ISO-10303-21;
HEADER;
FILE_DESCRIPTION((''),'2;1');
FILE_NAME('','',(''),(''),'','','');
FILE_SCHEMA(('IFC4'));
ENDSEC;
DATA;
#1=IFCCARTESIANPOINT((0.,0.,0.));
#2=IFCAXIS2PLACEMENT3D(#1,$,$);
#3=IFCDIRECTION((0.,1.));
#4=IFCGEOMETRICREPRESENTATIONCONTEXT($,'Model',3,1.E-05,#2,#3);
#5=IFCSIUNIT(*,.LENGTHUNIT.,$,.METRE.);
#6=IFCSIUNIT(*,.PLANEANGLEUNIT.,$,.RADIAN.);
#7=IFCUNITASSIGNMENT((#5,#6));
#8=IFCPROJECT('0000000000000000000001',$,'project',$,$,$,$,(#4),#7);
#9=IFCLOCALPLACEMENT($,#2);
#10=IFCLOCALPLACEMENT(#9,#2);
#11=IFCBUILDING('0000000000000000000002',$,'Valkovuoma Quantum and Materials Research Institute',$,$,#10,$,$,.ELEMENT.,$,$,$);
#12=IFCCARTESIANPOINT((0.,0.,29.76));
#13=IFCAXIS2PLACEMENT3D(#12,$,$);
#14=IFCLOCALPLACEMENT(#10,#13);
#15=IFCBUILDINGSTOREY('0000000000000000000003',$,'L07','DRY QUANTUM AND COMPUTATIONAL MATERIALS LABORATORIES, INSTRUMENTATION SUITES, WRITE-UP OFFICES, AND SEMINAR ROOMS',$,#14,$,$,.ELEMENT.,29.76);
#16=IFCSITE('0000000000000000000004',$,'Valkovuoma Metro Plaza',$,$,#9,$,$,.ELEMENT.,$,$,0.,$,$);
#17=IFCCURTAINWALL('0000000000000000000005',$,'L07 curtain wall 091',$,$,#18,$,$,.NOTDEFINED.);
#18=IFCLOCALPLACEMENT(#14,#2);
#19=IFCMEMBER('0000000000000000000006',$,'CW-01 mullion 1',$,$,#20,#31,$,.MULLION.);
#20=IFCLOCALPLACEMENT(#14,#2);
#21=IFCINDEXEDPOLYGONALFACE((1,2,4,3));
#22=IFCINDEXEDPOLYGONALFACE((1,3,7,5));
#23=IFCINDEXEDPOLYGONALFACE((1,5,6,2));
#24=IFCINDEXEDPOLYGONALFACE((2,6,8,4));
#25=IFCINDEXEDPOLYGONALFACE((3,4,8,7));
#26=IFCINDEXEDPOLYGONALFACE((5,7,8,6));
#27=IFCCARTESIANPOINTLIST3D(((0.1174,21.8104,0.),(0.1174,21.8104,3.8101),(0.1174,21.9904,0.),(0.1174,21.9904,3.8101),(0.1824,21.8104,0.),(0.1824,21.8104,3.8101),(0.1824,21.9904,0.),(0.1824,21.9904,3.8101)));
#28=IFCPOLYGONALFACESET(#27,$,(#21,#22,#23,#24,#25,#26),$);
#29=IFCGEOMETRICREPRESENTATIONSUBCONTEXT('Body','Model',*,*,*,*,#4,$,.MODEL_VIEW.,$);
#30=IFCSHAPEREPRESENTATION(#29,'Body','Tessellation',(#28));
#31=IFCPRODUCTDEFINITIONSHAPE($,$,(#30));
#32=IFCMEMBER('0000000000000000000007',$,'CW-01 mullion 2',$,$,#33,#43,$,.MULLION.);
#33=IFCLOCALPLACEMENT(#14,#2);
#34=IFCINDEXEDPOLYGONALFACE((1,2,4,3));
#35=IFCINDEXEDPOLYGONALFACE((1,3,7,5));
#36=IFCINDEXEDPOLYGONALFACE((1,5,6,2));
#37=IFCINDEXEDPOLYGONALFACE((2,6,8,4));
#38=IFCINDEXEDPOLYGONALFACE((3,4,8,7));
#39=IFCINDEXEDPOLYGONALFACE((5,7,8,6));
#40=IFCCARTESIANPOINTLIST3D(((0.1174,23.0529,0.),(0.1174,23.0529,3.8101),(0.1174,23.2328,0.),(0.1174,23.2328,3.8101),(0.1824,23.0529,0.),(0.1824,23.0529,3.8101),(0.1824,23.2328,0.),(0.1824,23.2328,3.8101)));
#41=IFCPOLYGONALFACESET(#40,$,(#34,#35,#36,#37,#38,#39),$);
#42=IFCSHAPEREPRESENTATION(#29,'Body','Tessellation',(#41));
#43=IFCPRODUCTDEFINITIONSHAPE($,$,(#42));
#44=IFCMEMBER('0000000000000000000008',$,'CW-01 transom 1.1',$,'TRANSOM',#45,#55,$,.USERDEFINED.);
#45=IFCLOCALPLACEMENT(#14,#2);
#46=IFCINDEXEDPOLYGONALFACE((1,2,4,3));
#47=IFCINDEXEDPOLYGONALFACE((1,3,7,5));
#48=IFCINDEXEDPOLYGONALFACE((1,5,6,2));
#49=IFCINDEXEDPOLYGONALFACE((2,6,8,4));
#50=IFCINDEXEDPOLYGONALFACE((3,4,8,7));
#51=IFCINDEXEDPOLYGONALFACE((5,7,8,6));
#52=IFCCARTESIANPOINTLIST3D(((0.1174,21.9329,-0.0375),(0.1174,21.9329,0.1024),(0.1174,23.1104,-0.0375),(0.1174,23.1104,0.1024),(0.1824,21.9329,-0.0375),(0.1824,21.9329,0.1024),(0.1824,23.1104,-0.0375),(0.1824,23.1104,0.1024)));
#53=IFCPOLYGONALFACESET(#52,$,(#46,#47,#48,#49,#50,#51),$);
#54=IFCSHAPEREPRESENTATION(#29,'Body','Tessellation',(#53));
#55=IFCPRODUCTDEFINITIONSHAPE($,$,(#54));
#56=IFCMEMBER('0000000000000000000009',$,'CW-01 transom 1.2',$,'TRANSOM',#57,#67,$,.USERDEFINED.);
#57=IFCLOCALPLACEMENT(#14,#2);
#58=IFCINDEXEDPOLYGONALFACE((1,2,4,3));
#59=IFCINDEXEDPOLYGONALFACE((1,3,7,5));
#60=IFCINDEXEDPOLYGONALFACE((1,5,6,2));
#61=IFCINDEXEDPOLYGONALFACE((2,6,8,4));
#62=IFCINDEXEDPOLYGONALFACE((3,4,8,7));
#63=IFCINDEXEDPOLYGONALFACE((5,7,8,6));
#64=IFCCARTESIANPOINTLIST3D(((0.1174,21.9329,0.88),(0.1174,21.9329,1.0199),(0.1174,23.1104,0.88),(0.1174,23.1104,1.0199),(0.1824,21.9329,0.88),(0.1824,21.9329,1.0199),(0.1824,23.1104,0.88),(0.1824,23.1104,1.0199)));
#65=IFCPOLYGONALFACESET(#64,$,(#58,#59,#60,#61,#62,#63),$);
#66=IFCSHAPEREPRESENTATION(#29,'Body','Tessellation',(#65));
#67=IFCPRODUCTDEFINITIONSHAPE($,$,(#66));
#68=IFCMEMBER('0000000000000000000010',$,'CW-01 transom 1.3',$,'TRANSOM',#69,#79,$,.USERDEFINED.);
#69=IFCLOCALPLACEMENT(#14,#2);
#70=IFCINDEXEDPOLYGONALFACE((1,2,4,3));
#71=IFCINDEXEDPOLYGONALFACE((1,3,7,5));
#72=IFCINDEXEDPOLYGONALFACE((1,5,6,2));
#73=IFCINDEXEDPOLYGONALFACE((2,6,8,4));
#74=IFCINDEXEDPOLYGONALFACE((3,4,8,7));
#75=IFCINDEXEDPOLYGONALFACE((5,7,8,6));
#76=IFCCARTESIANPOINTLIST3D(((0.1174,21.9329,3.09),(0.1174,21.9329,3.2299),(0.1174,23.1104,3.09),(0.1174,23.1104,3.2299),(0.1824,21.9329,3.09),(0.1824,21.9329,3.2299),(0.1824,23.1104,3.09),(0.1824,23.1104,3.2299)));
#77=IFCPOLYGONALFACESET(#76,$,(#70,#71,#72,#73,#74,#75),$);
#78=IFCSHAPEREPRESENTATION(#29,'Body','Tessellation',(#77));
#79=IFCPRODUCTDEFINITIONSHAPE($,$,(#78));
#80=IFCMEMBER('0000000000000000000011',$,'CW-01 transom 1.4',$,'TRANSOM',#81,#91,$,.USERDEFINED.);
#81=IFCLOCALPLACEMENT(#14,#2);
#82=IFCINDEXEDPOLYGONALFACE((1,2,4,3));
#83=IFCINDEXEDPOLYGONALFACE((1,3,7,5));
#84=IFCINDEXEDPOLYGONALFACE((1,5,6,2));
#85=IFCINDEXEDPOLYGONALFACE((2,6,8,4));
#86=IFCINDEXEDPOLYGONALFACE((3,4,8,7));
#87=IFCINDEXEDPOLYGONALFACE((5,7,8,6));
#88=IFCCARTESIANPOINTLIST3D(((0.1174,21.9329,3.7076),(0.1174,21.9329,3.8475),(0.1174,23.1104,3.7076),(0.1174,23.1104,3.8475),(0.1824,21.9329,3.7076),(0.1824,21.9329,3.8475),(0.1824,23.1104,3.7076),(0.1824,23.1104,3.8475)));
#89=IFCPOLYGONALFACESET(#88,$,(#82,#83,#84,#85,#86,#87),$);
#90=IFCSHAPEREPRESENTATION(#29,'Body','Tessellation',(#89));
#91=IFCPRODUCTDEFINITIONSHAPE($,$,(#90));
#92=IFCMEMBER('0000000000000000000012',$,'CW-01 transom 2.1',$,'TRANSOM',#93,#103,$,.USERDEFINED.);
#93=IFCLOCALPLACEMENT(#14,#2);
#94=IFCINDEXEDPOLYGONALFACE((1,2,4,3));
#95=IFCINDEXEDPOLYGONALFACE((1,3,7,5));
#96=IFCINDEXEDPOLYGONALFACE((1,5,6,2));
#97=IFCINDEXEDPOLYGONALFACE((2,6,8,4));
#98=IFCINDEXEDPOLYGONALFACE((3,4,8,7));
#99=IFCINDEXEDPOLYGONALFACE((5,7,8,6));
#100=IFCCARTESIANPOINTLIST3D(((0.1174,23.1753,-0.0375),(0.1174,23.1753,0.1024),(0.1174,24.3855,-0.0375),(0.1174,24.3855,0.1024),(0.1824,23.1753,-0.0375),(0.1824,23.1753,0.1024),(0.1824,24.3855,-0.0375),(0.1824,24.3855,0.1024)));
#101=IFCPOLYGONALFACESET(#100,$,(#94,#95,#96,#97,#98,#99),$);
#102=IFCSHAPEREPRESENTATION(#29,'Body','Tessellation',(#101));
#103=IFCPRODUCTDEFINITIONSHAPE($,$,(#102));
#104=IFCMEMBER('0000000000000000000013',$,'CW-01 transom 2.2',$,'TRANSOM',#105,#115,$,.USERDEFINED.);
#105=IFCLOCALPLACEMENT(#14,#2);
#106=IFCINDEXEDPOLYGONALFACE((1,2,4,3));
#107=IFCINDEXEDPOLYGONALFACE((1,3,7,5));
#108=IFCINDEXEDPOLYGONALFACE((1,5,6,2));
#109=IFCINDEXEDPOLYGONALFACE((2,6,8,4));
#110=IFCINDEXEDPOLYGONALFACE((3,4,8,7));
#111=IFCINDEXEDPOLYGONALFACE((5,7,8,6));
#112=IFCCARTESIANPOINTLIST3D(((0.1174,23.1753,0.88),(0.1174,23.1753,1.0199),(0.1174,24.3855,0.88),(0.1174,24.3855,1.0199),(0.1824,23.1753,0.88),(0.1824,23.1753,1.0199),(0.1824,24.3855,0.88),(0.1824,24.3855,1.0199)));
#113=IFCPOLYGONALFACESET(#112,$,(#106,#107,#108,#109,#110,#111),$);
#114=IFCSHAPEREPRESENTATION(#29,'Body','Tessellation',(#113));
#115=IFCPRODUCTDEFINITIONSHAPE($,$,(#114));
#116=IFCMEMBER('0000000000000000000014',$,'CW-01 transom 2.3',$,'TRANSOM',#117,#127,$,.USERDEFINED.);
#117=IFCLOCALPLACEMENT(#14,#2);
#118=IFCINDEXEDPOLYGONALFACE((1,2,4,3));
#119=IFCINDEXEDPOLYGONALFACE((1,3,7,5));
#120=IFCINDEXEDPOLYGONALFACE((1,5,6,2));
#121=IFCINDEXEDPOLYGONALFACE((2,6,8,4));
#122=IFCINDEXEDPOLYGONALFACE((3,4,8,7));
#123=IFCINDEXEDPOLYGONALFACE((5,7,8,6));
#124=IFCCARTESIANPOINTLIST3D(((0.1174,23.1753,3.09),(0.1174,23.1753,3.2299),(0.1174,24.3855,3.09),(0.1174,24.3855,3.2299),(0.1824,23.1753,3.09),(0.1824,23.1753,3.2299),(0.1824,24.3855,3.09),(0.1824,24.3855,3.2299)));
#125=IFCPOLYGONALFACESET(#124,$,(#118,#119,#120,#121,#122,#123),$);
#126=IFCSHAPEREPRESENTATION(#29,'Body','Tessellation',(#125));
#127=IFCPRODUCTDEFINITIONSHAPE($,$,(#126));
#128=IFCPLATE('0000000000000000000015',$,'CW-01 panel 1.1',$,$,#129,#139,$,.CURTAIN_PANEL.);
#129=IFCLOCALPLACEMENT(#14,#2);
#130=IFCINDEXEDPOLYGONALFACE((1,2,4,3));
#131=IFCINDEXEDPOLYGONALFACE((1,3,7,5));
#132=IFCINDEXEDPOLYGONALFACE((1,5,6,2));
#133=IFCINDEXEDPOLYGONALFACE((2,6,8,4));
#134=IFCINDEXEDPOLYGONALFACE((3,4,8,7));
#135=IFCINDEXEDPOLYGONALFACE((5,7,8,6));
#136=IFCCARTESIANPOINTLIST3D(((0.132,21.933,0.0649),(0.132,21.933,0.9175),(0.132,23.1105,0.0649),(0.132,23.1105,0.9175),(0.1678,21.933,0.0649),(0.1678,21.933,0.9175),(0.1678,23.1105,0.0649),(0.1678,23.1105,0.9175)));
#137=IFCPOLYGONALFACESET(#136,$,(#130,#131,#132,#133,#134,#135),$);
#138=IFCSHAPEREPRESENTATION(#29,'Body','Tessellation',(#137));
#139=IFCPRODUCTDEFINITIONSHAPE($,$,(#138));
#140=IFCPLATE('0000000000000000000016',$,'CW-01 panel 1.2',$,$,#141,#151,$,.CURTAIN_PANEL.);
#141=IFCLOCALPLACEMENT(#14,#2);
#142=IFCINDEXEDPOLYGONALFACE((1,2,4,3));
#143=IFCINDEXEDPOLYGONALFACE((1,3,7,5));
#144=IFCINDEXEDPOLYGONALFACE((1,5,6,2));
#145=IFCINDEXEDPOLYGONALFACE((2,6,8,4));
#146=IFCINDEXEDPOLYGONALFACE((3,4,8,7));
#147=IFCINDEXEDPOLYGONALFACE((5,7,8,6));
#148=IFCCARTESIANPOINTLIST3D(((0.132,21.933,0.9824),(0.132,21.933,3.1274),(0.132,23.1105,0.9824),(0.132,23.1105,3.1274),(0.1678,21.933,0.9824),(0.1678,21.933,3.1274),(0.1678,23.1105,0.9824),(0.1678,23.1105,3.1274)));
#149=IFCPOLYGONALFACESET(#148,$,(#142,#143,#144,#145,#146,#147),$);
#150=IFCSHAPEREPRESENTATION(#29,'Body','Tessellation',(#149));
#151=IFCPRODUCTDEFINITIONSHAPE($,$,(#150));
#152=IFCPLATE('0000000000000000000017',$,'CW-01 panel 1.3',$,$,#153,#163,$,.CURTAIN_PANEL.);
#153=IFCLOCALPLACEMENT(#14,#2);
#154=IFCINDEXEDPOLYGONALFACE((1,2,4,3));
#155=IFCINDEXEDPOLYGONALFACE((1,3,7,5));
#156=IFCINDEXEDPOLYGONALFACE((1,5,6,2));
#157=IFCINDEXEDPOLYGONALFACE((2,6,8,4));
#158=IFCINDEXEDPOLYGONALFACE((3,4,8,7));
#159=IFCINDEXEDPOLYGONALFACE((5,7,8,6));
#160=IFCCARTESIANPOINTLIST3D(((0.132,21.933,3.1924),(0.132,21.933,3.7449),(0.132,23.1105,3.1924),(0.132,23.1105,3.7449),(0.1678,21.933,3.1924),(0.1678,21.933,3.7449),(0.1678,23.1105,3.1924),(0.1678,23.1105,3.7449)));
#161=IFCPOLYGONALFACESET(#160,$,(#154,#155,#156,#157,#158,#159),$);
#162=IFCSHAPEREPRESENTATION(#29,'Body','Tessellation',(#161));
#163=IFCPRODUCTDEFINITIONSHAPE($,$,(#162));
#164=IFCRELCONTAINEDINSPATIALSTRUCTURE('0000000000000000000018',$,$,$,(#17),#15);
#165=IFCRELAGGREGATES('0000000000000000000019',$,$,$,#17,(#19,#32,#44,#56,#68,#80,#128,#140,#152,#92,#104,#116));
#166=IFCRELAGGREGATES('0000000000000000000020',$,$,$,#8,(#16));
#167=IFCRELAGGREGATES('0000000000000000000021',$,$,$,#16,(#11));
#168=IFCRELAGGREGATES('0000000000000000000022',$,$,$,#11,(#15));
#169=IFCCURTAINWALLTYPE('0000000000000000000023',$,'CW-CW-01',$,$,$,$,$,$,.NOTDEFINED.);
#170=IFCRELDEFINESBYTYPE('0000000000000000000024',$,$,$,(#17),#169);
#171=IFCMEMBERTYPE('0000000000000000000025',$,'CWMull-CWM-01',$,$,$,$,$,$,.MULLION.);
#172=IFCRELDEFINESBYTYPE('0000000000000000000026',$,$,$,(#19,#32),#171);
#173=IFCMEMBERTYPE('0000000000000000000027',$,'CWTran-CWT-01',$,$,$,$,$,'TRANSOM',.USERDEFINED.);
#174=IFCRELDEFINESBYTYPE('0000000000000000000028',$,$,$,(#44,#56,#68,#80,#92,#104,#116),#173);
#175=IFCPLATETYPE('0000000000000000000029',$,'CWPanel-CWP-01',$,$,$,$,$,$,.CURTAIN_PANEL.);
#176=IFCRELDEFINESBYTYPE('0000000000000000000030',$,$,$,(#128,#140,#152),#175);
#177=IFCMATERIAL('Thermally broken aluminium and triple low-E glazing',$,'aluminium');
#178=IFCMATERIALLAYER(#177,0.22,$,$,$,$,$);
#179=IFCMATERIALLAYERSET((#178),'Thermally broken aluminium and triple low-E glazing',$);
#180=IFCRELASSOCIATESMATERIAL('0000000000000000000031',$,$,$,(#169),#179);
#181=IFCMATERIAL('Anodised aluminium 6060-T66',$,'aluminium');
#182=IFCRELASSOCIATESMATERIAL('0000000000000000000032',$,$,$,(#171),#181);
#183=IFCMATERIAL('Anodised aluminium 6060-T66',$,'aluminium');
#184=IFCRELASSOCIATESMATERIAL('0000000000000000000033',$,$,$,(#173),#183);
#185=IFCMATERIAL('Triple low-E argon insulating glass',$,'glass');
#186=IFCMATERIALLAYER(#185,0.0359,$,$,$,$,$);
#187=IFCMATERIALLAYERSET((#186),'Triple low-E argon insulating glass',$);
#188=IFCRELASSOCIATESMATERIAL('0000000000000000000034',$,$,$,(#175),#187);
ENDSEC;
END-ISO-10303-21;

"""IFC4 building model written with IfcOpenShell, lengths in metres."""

from ifc_helpers import new_model, si_unit, direction, frame, origin, origin_2d, place, context, subcontext, project, spatial, rectangle, extrude, material, layer, layer_set, material_profile, profile_set, type_object, element, aggregate, save


model = new_model("IFC4")

# Units and contexts
model_context = context("Model", 3, precision=1e-05, world=origin(), true_north=direction((0.0, 1.0)))
body_context = subcontext(model_context, "Body", "Model", "MODEL_VIEW")
ifc_project = project(units=[si_unit("LENGTHUNIT", "METRE"), si_unit("PLANEANGLEUNIT", "RADIAN")], contexts=[model_context])

# Site, building, storey
site_placement = place(None, origin())
site = spatial("IfcSite", under=ifc_project, at=site_placement, Name="Valkovuoma Metro Plaza", CompositionType="ELEMENT", RefElevation=0.0)
building_placement = place(site_placement, origin())
building = spatial("IfcBuilding", under=site, at=building_placement, Name="Valkovuoma Quantum and Materials Research Institute", CompositionType="ELEMENT")
storey_placement = place(building_placement, frame((0.0, 0.0, 29.76)))
storey = spatial("IfcBuildingStorey", under=building, at=storey_placement, Name="L07", Description="DRY QUANTUM AND COMPUTATIONAL MATERIALS LABORATORIES, INSTRUMENTATION SUITES, WRITE-UP OFFICES, AND SEMINAR ROOMS", CompositionType="ELEMENT", Elevation=29.76)

# Curtain wall, members, plates
ifc_material_1 = material(Name="Thermally broken aluminium and triple low-E glazing", Category="aluminium")
ifc_layer_1 = layer(ifc_material_1, 0.22)
ifc_layer_set_1 = layer_set([ifc_layer_1], Name="Thermally broken aluminium and triple low-E glazing")
curtain_wall_type = type_object("IfcCurtainWallType", Name="CW-CW-01", PredefinedType="NOTDEFINED", material=ifc_layer_set_1)
curtain_wall_placement = place(storey_placement, origin())
curtain_wall = element("IfcCurtainWall", 1, at=curtain_wall_placement, inside=storey, type_object=curtain_wall_type, Name="L07 curtain wall 091", PredefinedType="NOTDEFINED")
ifc_material_2 = material(Name="Anodised aluminium 6060-T66", Category="aluminium")
ifc_material_profile_1 = material_profile(ifc_material_2, rectangle(XDim=0.0649, YDim=0.1799, at=origin_2d()), Name="Anodised aluminium 6060-T66")
ifc_profile_set_1 = profile_set([ifc_material_profile_1], Name="Anodised aluminium 6060-T66")
member_type_1 = type_object("IfcMemberType", Name="CWMull-CWM-01", PredefinedType="MULLION", material=ifc_profile_set_1)
member_1_placement = place(storey_placement, frame((0.1499, 21.9004, 0.0), z_axis=(0.0, 0.0, 1.0), x_axis=(-1.0, 0.0, 0.0)))
member_1 = element("IfcMember", 2, at=member_1_placement, type_object=member_type_1, Name="CW-01 mullion 1", PredefinedType="MULLION", context=body_context, shape_type="SweptSolid", body=[
    extrude(rectangle(XDim=0.0649, YDim=0.1799, at=origin_2d()), origin(), (0.0, 0.0, 1.0), 3.8101),
])
member_2_placement = place(storey_placement, frame((0.1499, 23.1428, 0.0), z_axis=(0.0, 0.0, 1.0), x_axis=(-1.0, 0.0, 0.0)))
member_2 = element("IfcMember", 3, at=member_2_placement, type_object=member_type_1, Name="CW-01 mullion 2", PredefinedType="MULLION", context=body_context, shape_type="SweptSolid", body=[
    extrude(rectangle(XDim=0.0649, YDim=0.1799, at=origin_2d()), origin(), (0.0, 0.0, 1.0), 3.8101),
])
ifc_material_3 = material(Name="Anodised aluminium 6060-T66", Category="aluminium")
ifc_material_profile_2 = material_profile(ifc_material_3, rectangle(XDim=0.0649, YDim=0.1399, at=origin_2d()), Name="Anodised aluminium 6060-T66")
ifc_profile_set_2 = profile_set([ifc_material_profile_2], Name="Anodised aluminium 6060-T66")
member_type_2 = type_object("IfcMemberType", Name="CWTran-CWT-01", ElementType="TRANSOM", PredefinedType="USERDEFINED", material=ifc_profile_set_2)
member_3_placement = place(storey_placement, frame((0.1499, 21.9329, 0.0325), z_axis=(0.0, 1.0, 0.0), x_axis=(-1.0, 0.0, 0.0)))
member_3 = element("IfcMember", 4, at=member_3_placement, type_object=member_type_2, Name="CW-01 transom 1.1", ObjectType="TRANSOM", PredefinedType="USERDEFINED", context=body_context, shape_type="SweptSolid", body=[
    extrude(rectangle(XDim=0.0649, YDim=0.1399, at=origin_2d()), origin(), (0.0, 0.0, 1.0), 1.1775),
])
member_4_placement = place(storey_placement, frame((0.1499, 21.9329, 0.95), z_axis=(0.0, 1.0, 0.0), x_axis=(-1.0, 0.0, 0.0)))
member_4 = element("IfcMember", 5, at=member_4_placement, type_object=member_type_2, Name="CW-01 transom 1.2", ObjectType="TRANSOM", PredefinedType="USERDEFINED", context=body_context, shape_type="SweptSolid", body=[
    extrude(rectangle(XDim=0.0649, YDim=0.1399, at=origin_2d()), origin(), (0.0, 0.0, 1.0), 1.1775),
])
member_5_placement = place(storey_placement, frame((0.1499, 21.9329, 3.1599), z_axis=(0.0, 1.0, 0.0), x_axis=(-1.0, 0.0, 0.0)))
member_5 = element("IfcMember", 6, at=member_5_placement, type_object=member_type_2, Name="CW-01 transom 1.3", ObjectType="TRANSOM", PredefinedType="USERDEFINED", context=body_context, shape_type="SweptSolid", body=[
    extrude(rectangle(XDim=0.0649, YDim=0.1399, at=origin_2d()), origin(), (0.0, 0.0, 1.0), 1.1775),
])
member_6_placement = place(storey_placement, frame((0.1499, 21.9329, 3.7776), z_axis=(0.0, 1.0, 0.0), x_axis=(-1.0, 0.0, 0.0)))
member_6 = element("IfcMember", 7, at=member_6_placement, type_object=member_type_2, Name="CW-01 transom 1.4", ObjectType="TRANSOM", PredefinedType="USERDEFINED", context=body_context, shape_type="SweptSolid", body=[
    extrude(rectangle(XDim=0.0649, YDim=0.1399, at=origin_2d()), origin(), (0.0, 0.0, 1.0), 1.1775),
])
member_7_placement = place(storey_placement, frame((0.1499, 23.1753, 0.0325), z_axis=(0.0, 1.0, 0.0), x_axis=(-1.0, 0.0, 0.0)))
member_7 = element("IfcMember", 8, at=member_7_placement, type_object=member_type_2, Name="CW-01 transom 2.1", ObjectType="TRANSOM", PredefinedType="USERDEFINED", context=body_context, shape_type="SweptSolid", body=[
    extrude(rectangle(XDim=0.0649, YDim=0.1399, at=origin_2d()), origin(), (0.0, 0.0, 1.0), 1.2102),
])
member_8_placement = place(storey_placement, frame((0.1499, 23.1753, 0.95), z_axis=(0.0, 1.0, 0.0), x_axis=(-1.0, 0.0, 0.0)))
member_8 = element("IfcMember", 9, at=member_8_placement, type_object=member_type_2, Name="CW-01 transom 2.2", ObjectType="TRANSOM", PredefinedType="USERDEFINED", context=body_context, shape_type="SweptSolid", body=[
    extrude(rectangle(XDim=0.0649, YDim=0.1399, at=origin_2d()), origin(), (0.0, 0.0, 1.0), 1.2102),
])
member_9_placement = place(storey_placement, frame((0.1499, 23.1753, 3.1599), z_axis=(0.0, 1.0, 0.0), x_axis=(-1.0, 0.0, 0.0)))
member_9 = element("IfcMember", 10, at=member_9_placement, type_object=member_type_2, Name="CW-01 transom 2.3", ObjectType="TRANSOM", PredefinedType="USERDEFINED", context=body_context, shape_type="SweptSolid", body=[
    extrude(rectangle(XDim=0.0649, YDim=0.1399, at=origin_2d()), origin(), (0.0, 0.0, 1.0), 1.2102),
])
ifc_material_4 = material(Name="Triple low-E argon insulating glass", Category="glass")
ifc_layer_2 = layer(ifc_material_4, 0.0359)
ifc_layer_set_2 = layer_set([ifc_layer_2], Name="Triple low-E argon insulating glass")
plate_type = type_object("IfcPlateType", Name="CWPanel-CWP-01", PredefinedType="CURTAIN_PANEL", material=ifc_layer_set_2)
plate_1_placement = place(storey_placement, frame((0.1499, 22.5217, 0.0649), z_axis=(0.0, 0.0, 1.0), x_axis=(0.0, 1.0, 0.0)))
plate_1 = element("IfcPlate", 11, at=plate_1_placement, type_object=plate_type, Name="CW-01 panel 1.1", PredefinedType="CURTAIN_PANEL", context=body_context, shape_type="SweptSolid", body=[
    extrude(rectangle(XDim=1.1775, YDim=0.0359, at=origin_2d()), origin(), (0.0, 0.0, 1.0), 0.8525),
])
plate_2_placement = place(storey_placement, frame((0.1499, 22.5217, 0.9824), z_axis=(0.0, 0.0, 1.0), x_axis=(0.0, 1.0, 0.0)))
plate_2 = element("IfcPlate", 12, at=plate_2_placement, type_object=plate_type, Name="CW-01 panel 1.2", PredefinedType="CURTAIN_PANEL", context=body_context, shape_type="SweptSolid", body=[
    extrude(rectangle(XDim=1.1775, YDim=0.0359, at=origin_2d()), origin(), (0.0, 0.0, 1.0), 2.145),
])
plate_3_placement = place(storey_placement, frame((0.1499, 22.5217, 3.1924), z_axis=(0.0, 0.0, 1.0), x_axis=(0.0, 1.0, 0.0)))
plate_3 = element("IfcPlate", 13, at=plate_3_placement, type_object=plate_type, Name="CW-01 panel 1.3", PredefinedType="CURTAIN_PANEL", context=body_context, shape_type="SweptSolid", body=[
    extrude(rectangle(XDim=1.1775, YDim=0.0359, at=origin_2d()), origin(), (0.0, 0.0, 1.0), 0.5525),
])
aggregate(curtain_wall, [member_1, member_2, member_3, member_4, member_5, member_6, plate_1, plate_2, plate_3, member_7, member_8, member_9])

save(model, "model.ifc")
